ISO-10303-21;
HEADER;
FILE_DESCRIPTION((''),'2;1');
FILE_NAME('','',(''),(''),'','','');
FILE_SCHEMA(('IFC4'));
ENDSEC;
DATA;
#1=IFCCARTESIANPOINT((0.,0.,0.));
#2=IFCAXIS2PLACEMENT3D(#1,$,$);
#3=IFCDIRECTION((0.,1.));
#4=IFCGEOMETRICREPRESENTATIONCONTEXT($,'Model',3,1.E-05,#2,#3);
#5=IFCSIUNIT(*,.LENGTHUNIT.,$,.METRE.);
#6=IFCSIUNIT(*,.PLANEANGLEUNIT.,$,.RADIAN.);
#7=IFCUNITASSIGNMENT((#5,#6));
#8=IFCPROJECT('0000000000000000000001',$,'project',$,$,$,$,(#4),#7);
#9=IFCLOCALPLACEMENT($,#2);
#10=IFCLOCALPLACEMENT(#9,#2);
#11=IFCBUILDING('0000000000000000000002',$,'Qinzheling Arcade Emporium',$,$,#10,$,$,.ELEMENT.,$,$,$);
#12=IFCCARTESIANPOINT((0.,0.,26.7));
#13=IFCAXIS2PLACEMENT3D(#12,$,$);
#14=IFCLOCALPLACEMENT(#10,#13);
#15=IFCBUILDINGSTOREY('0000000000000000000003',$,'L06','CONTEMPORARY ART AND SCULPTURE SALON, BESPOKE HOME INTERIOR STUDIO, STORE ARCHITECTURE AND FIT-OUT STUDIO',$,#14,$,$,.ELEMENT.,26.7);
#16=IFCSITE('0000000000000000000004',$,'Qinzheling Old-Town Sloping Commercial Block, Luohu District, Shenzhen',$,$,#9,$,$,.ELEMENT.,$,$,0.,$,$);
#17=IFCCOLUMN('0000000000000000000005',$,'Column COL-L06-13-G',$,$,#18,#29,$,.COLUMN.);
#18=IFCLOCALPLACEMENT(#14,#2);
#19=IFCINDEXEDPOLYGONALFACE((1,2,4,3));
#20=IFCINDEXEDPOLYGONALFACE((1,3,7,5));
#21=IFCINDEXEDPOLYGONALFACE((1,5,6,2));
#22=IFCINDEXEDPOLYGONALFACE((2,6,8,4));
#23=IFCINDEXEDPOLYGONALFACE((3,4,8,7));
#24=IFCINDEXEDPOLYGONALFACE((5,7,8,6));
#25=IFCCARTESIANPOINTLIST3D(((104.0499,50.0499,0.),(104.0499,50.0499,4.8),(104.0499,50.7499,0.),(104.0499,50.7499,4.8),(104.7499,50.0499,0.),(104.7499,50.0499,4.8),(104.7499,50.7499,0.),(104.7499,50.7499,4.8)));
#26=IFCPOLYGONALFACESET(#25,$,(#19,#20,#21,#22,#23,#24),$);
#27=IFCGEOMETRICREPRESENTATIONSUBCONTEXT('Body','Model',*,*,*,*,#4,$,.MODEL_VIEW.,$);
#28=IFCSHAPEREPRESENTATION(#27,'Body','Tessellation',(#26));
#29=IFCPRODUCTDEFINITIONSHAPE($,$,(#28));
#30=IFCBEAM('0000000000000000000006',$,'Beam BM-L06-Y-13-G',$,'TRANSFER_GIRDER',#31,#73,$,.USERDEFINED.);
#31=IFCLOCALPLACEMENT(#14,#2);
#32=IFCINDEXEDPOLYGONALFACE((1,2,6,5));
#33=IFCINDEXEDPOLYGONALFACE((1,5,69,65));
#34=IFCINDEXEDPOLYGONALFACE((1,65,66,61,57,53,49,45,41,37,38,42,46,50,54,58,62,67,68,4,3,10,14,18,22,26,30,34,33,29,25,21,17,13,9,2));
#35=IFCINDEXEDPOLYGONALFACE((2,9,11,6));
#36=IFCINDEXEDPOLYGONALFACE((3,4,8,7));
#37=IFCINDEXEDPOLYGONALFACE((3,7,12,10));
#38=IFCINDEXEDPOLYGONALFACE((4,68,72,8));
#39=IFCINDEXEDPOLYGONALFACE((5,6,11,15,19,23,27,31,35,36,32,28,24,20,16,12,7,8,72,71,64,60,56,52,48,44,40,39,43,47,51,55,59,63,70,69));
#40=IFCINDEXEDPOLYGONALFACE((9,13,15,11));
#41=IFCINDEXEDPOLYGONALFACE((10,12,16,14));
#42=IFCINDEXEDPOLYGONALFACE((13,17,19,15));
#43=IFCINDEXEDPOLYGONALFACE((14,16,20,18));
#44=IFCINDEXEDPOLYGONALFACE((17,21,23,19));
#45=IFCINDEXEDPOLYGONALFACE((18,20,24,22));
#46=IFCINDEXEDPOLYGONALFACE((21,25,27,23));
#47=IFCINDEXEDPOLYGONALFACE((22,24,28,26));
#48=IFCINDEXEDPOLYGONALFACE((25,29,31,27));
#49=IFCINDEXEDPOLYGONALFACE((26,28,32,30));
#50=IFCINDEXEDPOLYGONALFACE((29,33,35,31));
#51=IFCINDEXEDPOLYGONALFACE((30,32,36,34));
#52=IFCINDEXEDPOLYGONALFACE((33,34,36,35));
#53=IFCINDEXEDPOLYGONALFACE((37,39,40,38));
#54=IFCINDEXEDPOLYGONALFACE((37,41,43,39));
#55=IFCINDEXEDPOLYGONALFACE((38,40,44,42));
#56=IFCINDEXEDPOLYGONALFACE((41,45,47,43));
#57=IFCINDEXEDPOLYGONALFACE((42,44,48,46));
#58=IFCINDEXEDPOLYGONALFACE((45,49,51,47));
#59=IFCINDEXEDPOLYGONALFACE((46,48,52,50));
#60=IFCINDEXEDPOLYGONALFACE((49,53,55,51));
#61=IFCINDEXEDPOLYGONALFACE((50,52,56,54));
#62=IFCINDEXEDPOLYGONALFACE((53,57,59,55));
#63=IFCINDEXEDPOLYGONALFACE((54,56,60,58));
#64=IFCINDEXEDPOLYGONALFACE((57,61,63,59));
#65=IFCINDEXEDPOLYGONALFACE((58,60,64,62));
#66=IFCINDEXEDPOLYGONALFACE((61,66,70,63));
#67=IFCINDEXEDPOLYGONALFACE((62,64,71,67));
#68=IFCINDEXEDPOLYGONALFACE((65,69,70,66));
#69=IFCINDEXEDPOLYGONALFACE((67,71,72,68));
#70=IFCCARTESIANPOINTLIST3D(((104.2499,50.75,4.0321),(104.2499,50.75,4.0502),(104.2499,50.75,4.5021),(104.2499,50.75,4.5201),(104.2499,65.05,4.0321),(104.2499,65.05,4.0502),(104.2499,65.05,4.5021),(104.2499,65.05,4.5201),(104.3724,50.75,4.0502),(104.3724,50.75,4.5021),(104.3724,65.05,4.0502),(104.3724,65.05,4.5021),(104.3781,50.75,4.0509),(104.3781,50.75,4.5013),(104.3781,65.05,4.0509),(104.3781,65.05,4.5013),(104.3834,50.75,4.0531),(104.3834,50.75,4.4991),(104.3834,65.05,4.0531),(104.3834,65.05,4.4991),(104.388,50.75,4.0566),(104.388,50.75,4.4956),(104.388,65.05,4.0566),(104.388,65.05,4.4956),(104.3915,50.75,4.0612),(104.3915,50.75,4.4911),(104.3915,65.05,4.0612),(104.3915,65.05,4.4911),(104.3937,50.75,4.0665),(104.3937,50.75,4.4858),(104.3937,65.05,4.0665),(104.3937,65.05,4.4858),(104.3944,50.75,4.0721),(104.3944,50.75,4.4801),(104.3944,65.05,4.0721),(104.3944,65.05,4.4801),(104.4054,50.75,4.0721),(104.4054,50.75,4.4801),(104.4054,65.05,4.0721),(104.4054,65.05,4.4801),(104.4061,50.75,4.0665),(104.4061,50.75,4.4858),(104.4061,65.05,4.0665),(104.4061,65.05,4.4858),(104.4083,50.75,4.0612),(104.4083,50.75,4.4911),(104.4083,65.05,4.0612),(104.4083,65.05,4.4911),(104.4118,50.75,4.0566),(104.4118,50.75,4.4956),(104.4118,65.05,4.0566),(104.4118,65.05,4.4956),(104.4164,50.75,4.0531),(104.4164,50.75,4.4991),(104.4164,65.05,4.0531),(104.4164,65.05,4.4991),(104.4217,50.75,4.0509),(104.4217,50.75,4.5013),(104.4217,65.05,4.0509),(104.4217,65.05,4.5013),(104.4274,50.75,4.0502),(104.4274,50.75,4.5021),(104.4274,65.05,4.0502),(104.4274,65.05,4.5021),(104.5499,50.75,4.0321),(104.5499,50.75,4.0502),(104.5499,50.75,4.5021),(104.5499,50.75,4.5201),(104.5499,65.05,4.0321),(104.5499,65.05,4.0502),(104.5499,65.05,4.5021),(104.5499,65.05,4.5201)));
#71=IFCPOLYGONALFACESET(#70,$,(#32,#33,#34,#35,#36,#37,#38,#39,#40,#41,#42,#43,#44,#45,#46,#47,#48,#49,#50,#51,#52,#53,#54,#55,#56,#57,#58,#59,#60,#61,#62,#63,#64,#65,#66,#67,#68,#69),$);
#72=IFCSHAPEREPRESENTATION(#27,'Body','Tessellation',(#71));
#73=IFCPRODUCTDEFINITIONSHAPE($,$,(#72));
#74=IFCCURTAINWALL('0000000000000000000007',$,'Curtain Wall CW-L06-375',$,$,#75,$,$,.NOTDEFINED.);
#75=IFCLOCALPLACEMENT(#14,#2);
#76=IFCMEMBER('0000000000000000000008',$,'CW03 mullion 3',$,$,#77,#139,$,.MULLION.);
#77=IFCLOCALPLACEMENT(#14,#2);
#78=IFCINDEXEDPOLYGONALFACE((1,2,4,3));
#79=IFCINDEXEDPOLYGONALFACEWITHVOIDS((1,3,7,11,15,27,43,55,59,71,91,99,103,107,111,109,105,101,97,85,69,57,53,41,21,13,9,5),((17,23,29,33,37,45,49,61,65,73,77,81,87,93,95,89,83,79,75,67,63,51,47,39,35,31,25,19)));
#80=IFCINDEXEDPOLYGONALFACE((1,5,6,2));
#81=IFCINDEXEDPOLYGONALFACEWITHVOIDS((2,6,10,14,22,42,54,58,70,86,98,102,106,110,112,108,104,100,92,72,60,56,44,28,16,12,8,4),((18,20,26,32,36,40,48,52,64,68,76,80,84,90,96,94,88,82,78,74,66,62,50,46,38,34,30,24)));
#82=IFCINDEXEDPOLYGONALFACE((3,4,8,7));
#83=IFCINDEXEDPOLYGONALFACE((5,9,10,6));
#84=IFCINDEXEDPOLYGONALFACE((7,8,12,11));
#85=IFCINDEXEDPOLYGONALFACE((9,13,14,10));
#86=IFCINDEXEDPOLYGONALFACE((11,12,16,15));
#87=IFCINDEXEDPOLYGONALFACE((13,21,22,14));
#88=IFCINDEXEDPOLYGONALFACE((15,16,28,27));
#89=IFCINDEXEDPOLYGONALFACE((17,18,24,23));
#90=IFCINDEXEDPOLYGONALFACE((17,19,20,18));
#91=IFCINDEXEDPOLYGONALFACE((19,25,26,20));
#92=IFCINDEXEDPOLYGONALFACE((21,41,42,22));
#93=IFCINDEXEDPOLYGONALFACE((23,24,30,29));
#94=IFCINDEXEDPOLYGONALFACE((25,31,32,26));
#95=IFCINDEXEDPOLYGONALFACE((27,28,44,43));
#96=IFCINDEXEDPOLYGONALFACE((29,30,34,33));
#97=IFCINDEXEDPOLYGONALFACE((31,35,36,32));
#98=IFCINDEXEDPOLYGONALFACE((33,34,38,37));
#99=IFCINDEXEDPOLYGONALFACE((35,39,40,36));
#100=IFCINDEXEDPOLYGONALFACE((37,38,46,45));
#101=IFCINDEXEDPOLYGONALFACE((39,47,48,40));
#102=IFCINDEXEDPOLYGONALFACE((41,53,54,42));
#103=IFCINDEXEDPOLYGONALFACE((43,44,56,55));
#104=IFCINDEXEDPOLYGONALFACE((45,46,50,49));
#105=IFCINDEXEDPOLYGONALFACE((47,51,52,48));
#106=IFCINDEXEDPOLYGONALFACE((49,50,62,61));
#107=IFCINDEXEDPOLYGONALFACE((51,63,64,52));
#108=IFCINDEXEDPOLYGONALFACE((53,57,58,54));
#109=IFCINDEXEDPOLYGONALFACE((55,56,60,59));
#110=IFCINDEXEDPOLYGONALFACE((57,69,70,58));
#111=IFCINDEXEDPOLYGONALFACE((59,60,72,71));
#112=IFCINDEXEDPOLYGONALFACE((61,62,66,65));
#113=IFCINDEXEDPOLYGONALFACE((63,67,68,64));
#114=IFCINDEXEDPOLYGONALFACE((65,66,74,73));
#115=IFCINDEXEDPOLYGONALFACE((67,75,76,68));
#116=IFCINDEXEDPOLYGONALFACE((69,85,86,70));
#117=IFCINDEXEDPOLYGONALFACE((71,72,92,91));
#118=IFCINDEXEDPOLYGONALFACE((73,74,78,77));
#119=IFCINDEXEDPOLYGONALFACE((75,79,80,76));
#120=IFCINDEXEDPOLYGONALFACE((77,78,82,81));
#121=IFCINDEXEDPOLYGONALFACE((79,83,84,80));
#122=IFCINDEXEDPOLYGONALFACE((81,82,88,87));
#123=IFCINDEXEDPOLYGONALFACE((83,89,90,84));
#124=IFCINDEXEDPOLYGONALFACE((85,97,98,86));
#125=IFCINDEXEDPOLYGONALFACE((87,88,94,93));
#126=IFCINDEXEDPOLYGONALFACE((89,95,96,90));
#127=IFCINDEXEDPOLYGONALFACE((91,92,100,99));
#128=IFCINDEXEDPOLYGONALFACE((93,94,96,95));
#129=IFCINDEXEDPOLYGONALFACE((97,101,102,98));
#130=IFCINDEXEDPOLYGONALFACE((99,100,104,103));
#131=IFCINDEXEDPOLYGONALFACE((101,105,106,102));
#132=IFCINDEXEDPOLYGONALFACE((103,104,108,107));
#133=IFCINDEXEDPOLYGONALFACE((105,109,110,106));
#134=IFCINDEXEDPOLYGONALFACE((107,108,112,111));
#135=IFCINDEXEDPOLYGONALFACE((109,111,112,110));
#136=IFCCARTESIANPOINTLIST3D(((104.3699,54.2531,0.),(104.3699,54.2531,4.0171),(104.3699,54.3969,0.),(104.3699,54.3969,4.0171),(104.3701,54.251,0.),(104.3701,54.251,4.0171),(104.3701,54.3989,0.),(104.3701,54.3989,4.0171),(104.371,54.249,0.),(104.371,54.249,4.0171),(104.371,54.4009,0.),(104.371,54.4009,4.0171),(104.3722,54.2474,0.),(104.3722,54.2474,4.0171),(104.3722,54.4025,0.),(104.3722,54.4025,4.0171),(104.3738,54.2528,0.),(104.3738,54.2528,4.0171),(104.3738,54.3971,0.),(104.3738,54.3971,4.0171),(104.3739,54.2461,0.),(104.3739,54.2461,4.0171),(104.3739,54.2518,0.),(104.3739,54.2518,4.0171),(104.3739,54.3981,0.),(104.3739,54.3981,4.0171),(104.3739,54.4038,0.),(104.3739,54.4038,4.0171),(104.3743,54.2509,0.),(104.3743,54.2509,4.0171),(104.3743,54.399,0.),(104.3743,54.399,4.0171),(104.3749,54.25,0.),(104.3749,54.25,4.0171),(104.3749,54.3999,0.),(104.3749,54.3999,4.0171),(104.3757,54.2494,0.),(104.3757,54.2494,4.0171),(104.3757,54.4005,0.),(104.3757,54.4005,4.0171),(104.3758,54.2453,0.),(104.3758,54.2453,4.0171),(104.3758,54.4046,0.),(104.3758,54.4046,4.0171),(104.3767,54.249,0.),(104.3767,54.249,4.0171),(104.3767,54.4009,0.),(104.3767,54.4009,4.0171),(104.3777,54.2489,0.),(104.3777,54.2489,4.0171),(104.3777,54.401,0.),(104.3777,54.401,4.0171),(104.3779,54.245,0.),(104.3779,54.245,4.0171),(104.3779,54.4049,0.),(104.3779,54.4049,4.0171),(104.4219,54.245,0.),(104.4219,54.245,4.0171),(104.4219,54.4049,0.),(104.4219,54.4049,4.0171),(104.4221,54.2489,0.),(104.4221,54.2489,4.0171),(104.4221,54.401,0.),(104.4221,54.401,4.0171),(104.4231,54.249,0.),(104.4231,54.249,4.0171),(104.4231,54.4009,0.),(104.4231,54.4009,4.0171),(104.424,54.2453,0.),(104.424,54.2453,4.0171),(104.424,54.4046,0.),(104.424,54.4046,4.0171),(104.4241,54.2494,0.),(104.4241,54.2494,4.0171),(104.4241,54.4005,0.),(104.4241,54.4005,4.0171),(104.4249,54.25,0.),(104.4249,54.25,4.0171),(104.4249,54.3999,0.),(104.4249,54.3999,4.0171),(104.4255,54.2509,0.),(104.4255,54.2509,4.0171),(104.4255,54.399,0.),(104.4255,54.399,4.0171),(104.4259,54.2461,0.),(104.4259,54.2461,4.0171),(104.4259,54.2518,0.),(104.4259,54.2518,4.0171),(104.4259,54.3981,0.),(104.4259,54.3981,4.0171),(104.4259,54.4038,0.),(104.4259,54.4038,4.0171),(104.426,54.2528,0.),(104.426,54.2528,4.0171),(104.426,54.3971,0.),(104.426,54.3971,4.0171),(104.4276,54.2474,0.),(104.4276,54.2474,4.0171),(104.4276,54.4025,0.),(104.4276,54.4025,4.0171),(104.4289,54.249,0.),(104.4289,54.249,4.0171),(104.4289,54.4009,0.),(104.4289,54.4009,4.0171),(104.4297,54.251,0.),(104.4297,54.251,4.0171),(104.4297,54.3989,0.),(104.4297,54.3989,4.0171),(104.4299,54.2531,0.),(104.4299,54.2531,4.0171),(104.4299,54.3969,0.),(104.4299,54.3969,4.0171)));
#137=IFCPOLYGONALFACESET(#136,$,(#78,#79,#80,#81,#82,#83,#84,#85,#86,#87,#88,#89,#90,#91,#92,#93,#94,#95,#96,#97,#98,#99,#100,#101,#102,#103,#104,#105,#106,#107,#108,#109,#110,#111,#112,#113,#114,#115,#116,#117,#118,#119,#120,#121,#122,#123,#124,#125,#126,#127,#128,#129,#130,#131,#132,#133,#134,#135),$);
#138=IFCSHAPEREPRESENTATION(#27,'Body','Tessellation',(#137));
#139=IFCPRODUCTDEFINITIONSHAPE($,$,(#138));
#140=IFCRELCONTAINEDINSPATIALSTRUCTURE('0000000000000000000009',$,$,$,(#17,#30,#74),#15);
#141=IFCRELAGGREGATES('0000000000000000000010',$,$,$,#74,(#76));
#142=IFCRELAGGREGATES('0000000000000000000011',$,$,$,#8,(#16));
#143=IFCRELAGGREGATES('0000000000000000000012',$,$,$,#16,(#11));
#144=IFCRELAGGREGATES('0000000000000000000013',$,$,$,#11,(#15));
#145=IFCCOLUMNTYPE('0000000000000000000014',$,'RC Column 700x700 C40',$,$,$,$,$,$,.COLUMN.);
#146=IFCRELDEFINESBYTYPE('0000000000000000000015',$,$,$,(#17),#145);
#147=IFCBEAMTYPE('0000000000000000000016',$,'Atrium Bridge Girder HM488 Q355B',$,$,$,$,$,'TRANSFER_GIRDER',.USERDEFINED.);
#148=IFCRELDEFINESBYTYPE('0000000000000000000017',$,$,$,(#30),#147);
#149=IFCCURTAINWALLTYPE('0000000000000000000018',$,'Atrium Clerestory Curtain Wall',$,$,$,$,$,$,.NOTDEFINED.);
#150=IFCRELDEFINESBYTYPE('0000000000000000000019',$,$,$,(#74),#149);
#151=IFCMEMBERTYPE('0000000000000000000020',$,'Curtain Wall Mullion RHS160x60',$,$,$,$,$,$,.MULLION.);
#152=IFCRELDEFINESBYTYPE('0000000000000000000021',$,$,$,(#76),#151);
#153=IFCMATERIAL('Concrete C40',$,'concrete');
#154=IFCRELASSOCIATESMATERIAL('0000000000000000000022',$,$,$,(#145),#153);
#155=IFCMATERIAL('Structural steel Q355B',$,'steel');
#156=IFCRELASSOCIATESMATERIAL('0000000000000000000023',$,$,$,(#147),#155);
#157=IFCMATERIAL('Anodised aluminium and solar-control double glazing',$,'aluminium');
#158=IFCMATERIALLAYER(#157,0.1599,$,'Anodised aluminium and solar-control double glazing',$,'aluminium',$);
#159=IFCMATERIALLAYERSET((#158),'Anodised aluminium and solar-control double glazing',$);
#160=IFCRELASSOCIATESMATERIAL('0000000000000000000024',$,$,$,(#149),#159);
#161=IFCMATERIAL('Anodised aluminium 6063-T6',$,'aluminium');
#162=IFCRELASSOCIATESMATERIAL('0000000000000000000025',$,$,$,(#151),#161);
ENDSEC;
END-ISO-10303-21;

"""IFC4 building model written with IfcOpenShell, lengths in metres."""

from ifc_helpers import new_model, si_unit, direction, frame, origin, origin_2d, place, context, subcontext, project, spatial, rectangle, hollow_rectangle, i_section, extrude, material, layer, layer_set, material_profile, profile_set, type_object, element, aggregate, save


model = new_model("IFC4")

# Units and contexts
model_context = context("Model", 3, precision=1e-05, world=origin(), true_north=direction((0.0, 1.0)))
body_context = subcontext(model_context, "Body", "Model", "MODEL_VIEW")
ifc_project = project(units=[si_unit("LENGTHUNIT", "METRE"), si_unit("PLANEANGLEUNIT", "RADIAN")], contexts=[model_context])

# Site, building, storey
site_placement = place(None, origin())
site = spatial("IfcSite", under=ifc_project, at=site_placement, Name="Qinzheling Old-Town Sloping Commercial Block, Luohu District, Shenzhen", CompositionType="ELEMENT", RefElevation=0.0)
building_placement = place(site_placement, origin())
building = spatial("IfcBuilding", under=site, at=building_placement, Name="Qinzheling Arcade Emporium", CompositionType="ELEMENT")
storey_placement = place(building_placement, frame((0.0, 0.0, 26.7)))
storey = spatial("IfcBuildingStorey", under=building, at=storey_placement, Name="L06", Description="CONTEMPORARY ART AND SCULPTURE SALON, BESPOKE HOME INTERIOR STUDIO, STORE ARCHITECTURE AND FIT-OUT STUDIO", CompositionType="ELEMENT", Elevation=26.7)

# Column
ifc_material_1 = material(Name="Concrete C40", Category="concrete")
ifc_material_profile_1 = material_profile(ifc_material_1, rectangle(XDim=0.7, YDim=0.7, at=origin_2d()), Name="RC 700x700", Category="concrete")
ifc_profile_set_1 = profile_set([ifc_material_profile_1], Name="Concrete C40")
column_type = type_object("IfcColumnType", Name="RC Column 700x700 C40", PredefinedType="COLUMN", material=ifc_profile_set_1)
column_placement = place(storey_placement, frame((104.3999, 50.3999, 0.0), z_axis=(0.0, 0.0, 1.0), x_axis=(1.0, 0.0, 0.0)))
element("IfcColumn", 1, at=column_placement, inside=storey, type_object=column_type, Name="Column COL-L06-13-G", PredefinedType="COLUMN", context=body_context, shape_type="SweptSolid", body=[
    extrude(rectangle(XDim=0.7, YDim=0.7, at=origin_2d()), origin(), (0.0, 0.0, 1.0), 4.8),
])

# Beam
ifc_material_2 = material(Name="Structural steel Q355B", Category="steel")
ifc_material_profile_2 = material_profile(ifc_material_2, i_section(OverallWidth=0.3, OverallDepth=0.488, WebThickness=0.011, FlangeThickness=0.0181, FilletRadius=0.022, at=origin_2d()), Name="HM 488x300x11x18", Category="steel")
ifc_profile_set_2 = profile_set([ifc_material_profile_2], Name="Structural steel Q355B")
beam_type = type_object("IfcBeamType", Name="Atrium Bridge Girder HM488 Q355B", ElementType="TRANSFER_GIRDER", PredefinedType="USERDEFINED", material=ifc_profile_set_2)
beam_placement = place(storey_placement, frame((104.3999, 50.75, 4.2761), z_axis=(0.0, 1.0, 0.0), x_axis=(-1.0, 0.0, 0.0)))
element("IfcBeam", 2, at=beam_placement, inside=storey, type_object=beam_type, Name="Beam BM-L06-Y-13-G", ObjectType="TRANSFER_GIRDER", PredefinedType="USERDEFINED", context=body_context, shape_type="SweptSolid", body=[
    extrude(i_section(OverallWidth=0.3, OverallDepth=0.488, WebThickness=0.011, FlangeThickness=0.0181, FilletRadius=0.022, at=origin_2d()), origin(), (0.0, 0.0, 1.0), 14.3),
])

# Curtain wall, member
ifc_material_3 = material(Name="Anodised aluminium and solar-control double glazing", Category="aluminium")
ifc_layer_1 = layer(ifc_material_3, 0.1599, Name="Anodised aluminium and solar-control double glazing", Category="aluminium")
ifc_layer_set_1 = layer_set([ifc_layer_1], Name="Anodised aluminium and solar-control double glazing")
curtain_wall_type = type_object("IfcCurtainWallType", Name="Atrium Clerestory Curtain Wall", PredefinedType="NOTDEFINED", material=ifc_layer_set_1)
curtain_wall_placement = place(storey_placement, origin())
curtain_wall = element("IfcCurtainWall", 3, at=curtain_wall_placement, inside=storey, type_object=curtain_wall_type, Name="Curtain Wall CW-L06-375", PredefinedType="NOTDEFINED")
ifc_material_4 = material(Name="Anodised aluminium 6063-T6", Category="aluminium")
ifc_material_profile_3 = material_profile(ifc_material_4, hollow_rectangle(XDim=0.0601, YDim=0.1599, WallThickness=0.0039, InnerFilletRadius=0.0039, OuterFilletRadius=0.0081, at=origin_2d()), Name="RHS 160x60x4", Category="aluminium")
ifc_profile_set_3 = profile_set([ifc_material_profile_3], Name="Anodised aluminium 6063-T6")
member_type_1 = type_object("IfcMemberType", Name="Curtain Wall Mullion RHS160x60", PredefinedType="MULLION", material=ifc_profile_set_3)
member_1_placement = place(storey_placement, frame((104.3999, 54.325, 0.0), z_axis=(0.0, 0.0, 1.0), x_axis=(1.0, 0.0, 0.0)))
member_1 = element("IfcMember", 4, at=member_1_placement, type_object=member_type_1, Name="CW03 mullion 3", PredefinedType="MULLION", context=body_context, shape_type="SweptSolid", body=[
    extrude(hollow_rectangle(XDim=0.0601, YDim=0.1599, WallThickness=0.0039, InnerFilletRadius=0.0039, OuterFilletRadius=0.0081, at=origin_2d()), origin(), (0.0, 0.0, 1.0), 4.0171),
])
aggregate(curtain_wall, [member_1])

save(model, "model.ifc")
